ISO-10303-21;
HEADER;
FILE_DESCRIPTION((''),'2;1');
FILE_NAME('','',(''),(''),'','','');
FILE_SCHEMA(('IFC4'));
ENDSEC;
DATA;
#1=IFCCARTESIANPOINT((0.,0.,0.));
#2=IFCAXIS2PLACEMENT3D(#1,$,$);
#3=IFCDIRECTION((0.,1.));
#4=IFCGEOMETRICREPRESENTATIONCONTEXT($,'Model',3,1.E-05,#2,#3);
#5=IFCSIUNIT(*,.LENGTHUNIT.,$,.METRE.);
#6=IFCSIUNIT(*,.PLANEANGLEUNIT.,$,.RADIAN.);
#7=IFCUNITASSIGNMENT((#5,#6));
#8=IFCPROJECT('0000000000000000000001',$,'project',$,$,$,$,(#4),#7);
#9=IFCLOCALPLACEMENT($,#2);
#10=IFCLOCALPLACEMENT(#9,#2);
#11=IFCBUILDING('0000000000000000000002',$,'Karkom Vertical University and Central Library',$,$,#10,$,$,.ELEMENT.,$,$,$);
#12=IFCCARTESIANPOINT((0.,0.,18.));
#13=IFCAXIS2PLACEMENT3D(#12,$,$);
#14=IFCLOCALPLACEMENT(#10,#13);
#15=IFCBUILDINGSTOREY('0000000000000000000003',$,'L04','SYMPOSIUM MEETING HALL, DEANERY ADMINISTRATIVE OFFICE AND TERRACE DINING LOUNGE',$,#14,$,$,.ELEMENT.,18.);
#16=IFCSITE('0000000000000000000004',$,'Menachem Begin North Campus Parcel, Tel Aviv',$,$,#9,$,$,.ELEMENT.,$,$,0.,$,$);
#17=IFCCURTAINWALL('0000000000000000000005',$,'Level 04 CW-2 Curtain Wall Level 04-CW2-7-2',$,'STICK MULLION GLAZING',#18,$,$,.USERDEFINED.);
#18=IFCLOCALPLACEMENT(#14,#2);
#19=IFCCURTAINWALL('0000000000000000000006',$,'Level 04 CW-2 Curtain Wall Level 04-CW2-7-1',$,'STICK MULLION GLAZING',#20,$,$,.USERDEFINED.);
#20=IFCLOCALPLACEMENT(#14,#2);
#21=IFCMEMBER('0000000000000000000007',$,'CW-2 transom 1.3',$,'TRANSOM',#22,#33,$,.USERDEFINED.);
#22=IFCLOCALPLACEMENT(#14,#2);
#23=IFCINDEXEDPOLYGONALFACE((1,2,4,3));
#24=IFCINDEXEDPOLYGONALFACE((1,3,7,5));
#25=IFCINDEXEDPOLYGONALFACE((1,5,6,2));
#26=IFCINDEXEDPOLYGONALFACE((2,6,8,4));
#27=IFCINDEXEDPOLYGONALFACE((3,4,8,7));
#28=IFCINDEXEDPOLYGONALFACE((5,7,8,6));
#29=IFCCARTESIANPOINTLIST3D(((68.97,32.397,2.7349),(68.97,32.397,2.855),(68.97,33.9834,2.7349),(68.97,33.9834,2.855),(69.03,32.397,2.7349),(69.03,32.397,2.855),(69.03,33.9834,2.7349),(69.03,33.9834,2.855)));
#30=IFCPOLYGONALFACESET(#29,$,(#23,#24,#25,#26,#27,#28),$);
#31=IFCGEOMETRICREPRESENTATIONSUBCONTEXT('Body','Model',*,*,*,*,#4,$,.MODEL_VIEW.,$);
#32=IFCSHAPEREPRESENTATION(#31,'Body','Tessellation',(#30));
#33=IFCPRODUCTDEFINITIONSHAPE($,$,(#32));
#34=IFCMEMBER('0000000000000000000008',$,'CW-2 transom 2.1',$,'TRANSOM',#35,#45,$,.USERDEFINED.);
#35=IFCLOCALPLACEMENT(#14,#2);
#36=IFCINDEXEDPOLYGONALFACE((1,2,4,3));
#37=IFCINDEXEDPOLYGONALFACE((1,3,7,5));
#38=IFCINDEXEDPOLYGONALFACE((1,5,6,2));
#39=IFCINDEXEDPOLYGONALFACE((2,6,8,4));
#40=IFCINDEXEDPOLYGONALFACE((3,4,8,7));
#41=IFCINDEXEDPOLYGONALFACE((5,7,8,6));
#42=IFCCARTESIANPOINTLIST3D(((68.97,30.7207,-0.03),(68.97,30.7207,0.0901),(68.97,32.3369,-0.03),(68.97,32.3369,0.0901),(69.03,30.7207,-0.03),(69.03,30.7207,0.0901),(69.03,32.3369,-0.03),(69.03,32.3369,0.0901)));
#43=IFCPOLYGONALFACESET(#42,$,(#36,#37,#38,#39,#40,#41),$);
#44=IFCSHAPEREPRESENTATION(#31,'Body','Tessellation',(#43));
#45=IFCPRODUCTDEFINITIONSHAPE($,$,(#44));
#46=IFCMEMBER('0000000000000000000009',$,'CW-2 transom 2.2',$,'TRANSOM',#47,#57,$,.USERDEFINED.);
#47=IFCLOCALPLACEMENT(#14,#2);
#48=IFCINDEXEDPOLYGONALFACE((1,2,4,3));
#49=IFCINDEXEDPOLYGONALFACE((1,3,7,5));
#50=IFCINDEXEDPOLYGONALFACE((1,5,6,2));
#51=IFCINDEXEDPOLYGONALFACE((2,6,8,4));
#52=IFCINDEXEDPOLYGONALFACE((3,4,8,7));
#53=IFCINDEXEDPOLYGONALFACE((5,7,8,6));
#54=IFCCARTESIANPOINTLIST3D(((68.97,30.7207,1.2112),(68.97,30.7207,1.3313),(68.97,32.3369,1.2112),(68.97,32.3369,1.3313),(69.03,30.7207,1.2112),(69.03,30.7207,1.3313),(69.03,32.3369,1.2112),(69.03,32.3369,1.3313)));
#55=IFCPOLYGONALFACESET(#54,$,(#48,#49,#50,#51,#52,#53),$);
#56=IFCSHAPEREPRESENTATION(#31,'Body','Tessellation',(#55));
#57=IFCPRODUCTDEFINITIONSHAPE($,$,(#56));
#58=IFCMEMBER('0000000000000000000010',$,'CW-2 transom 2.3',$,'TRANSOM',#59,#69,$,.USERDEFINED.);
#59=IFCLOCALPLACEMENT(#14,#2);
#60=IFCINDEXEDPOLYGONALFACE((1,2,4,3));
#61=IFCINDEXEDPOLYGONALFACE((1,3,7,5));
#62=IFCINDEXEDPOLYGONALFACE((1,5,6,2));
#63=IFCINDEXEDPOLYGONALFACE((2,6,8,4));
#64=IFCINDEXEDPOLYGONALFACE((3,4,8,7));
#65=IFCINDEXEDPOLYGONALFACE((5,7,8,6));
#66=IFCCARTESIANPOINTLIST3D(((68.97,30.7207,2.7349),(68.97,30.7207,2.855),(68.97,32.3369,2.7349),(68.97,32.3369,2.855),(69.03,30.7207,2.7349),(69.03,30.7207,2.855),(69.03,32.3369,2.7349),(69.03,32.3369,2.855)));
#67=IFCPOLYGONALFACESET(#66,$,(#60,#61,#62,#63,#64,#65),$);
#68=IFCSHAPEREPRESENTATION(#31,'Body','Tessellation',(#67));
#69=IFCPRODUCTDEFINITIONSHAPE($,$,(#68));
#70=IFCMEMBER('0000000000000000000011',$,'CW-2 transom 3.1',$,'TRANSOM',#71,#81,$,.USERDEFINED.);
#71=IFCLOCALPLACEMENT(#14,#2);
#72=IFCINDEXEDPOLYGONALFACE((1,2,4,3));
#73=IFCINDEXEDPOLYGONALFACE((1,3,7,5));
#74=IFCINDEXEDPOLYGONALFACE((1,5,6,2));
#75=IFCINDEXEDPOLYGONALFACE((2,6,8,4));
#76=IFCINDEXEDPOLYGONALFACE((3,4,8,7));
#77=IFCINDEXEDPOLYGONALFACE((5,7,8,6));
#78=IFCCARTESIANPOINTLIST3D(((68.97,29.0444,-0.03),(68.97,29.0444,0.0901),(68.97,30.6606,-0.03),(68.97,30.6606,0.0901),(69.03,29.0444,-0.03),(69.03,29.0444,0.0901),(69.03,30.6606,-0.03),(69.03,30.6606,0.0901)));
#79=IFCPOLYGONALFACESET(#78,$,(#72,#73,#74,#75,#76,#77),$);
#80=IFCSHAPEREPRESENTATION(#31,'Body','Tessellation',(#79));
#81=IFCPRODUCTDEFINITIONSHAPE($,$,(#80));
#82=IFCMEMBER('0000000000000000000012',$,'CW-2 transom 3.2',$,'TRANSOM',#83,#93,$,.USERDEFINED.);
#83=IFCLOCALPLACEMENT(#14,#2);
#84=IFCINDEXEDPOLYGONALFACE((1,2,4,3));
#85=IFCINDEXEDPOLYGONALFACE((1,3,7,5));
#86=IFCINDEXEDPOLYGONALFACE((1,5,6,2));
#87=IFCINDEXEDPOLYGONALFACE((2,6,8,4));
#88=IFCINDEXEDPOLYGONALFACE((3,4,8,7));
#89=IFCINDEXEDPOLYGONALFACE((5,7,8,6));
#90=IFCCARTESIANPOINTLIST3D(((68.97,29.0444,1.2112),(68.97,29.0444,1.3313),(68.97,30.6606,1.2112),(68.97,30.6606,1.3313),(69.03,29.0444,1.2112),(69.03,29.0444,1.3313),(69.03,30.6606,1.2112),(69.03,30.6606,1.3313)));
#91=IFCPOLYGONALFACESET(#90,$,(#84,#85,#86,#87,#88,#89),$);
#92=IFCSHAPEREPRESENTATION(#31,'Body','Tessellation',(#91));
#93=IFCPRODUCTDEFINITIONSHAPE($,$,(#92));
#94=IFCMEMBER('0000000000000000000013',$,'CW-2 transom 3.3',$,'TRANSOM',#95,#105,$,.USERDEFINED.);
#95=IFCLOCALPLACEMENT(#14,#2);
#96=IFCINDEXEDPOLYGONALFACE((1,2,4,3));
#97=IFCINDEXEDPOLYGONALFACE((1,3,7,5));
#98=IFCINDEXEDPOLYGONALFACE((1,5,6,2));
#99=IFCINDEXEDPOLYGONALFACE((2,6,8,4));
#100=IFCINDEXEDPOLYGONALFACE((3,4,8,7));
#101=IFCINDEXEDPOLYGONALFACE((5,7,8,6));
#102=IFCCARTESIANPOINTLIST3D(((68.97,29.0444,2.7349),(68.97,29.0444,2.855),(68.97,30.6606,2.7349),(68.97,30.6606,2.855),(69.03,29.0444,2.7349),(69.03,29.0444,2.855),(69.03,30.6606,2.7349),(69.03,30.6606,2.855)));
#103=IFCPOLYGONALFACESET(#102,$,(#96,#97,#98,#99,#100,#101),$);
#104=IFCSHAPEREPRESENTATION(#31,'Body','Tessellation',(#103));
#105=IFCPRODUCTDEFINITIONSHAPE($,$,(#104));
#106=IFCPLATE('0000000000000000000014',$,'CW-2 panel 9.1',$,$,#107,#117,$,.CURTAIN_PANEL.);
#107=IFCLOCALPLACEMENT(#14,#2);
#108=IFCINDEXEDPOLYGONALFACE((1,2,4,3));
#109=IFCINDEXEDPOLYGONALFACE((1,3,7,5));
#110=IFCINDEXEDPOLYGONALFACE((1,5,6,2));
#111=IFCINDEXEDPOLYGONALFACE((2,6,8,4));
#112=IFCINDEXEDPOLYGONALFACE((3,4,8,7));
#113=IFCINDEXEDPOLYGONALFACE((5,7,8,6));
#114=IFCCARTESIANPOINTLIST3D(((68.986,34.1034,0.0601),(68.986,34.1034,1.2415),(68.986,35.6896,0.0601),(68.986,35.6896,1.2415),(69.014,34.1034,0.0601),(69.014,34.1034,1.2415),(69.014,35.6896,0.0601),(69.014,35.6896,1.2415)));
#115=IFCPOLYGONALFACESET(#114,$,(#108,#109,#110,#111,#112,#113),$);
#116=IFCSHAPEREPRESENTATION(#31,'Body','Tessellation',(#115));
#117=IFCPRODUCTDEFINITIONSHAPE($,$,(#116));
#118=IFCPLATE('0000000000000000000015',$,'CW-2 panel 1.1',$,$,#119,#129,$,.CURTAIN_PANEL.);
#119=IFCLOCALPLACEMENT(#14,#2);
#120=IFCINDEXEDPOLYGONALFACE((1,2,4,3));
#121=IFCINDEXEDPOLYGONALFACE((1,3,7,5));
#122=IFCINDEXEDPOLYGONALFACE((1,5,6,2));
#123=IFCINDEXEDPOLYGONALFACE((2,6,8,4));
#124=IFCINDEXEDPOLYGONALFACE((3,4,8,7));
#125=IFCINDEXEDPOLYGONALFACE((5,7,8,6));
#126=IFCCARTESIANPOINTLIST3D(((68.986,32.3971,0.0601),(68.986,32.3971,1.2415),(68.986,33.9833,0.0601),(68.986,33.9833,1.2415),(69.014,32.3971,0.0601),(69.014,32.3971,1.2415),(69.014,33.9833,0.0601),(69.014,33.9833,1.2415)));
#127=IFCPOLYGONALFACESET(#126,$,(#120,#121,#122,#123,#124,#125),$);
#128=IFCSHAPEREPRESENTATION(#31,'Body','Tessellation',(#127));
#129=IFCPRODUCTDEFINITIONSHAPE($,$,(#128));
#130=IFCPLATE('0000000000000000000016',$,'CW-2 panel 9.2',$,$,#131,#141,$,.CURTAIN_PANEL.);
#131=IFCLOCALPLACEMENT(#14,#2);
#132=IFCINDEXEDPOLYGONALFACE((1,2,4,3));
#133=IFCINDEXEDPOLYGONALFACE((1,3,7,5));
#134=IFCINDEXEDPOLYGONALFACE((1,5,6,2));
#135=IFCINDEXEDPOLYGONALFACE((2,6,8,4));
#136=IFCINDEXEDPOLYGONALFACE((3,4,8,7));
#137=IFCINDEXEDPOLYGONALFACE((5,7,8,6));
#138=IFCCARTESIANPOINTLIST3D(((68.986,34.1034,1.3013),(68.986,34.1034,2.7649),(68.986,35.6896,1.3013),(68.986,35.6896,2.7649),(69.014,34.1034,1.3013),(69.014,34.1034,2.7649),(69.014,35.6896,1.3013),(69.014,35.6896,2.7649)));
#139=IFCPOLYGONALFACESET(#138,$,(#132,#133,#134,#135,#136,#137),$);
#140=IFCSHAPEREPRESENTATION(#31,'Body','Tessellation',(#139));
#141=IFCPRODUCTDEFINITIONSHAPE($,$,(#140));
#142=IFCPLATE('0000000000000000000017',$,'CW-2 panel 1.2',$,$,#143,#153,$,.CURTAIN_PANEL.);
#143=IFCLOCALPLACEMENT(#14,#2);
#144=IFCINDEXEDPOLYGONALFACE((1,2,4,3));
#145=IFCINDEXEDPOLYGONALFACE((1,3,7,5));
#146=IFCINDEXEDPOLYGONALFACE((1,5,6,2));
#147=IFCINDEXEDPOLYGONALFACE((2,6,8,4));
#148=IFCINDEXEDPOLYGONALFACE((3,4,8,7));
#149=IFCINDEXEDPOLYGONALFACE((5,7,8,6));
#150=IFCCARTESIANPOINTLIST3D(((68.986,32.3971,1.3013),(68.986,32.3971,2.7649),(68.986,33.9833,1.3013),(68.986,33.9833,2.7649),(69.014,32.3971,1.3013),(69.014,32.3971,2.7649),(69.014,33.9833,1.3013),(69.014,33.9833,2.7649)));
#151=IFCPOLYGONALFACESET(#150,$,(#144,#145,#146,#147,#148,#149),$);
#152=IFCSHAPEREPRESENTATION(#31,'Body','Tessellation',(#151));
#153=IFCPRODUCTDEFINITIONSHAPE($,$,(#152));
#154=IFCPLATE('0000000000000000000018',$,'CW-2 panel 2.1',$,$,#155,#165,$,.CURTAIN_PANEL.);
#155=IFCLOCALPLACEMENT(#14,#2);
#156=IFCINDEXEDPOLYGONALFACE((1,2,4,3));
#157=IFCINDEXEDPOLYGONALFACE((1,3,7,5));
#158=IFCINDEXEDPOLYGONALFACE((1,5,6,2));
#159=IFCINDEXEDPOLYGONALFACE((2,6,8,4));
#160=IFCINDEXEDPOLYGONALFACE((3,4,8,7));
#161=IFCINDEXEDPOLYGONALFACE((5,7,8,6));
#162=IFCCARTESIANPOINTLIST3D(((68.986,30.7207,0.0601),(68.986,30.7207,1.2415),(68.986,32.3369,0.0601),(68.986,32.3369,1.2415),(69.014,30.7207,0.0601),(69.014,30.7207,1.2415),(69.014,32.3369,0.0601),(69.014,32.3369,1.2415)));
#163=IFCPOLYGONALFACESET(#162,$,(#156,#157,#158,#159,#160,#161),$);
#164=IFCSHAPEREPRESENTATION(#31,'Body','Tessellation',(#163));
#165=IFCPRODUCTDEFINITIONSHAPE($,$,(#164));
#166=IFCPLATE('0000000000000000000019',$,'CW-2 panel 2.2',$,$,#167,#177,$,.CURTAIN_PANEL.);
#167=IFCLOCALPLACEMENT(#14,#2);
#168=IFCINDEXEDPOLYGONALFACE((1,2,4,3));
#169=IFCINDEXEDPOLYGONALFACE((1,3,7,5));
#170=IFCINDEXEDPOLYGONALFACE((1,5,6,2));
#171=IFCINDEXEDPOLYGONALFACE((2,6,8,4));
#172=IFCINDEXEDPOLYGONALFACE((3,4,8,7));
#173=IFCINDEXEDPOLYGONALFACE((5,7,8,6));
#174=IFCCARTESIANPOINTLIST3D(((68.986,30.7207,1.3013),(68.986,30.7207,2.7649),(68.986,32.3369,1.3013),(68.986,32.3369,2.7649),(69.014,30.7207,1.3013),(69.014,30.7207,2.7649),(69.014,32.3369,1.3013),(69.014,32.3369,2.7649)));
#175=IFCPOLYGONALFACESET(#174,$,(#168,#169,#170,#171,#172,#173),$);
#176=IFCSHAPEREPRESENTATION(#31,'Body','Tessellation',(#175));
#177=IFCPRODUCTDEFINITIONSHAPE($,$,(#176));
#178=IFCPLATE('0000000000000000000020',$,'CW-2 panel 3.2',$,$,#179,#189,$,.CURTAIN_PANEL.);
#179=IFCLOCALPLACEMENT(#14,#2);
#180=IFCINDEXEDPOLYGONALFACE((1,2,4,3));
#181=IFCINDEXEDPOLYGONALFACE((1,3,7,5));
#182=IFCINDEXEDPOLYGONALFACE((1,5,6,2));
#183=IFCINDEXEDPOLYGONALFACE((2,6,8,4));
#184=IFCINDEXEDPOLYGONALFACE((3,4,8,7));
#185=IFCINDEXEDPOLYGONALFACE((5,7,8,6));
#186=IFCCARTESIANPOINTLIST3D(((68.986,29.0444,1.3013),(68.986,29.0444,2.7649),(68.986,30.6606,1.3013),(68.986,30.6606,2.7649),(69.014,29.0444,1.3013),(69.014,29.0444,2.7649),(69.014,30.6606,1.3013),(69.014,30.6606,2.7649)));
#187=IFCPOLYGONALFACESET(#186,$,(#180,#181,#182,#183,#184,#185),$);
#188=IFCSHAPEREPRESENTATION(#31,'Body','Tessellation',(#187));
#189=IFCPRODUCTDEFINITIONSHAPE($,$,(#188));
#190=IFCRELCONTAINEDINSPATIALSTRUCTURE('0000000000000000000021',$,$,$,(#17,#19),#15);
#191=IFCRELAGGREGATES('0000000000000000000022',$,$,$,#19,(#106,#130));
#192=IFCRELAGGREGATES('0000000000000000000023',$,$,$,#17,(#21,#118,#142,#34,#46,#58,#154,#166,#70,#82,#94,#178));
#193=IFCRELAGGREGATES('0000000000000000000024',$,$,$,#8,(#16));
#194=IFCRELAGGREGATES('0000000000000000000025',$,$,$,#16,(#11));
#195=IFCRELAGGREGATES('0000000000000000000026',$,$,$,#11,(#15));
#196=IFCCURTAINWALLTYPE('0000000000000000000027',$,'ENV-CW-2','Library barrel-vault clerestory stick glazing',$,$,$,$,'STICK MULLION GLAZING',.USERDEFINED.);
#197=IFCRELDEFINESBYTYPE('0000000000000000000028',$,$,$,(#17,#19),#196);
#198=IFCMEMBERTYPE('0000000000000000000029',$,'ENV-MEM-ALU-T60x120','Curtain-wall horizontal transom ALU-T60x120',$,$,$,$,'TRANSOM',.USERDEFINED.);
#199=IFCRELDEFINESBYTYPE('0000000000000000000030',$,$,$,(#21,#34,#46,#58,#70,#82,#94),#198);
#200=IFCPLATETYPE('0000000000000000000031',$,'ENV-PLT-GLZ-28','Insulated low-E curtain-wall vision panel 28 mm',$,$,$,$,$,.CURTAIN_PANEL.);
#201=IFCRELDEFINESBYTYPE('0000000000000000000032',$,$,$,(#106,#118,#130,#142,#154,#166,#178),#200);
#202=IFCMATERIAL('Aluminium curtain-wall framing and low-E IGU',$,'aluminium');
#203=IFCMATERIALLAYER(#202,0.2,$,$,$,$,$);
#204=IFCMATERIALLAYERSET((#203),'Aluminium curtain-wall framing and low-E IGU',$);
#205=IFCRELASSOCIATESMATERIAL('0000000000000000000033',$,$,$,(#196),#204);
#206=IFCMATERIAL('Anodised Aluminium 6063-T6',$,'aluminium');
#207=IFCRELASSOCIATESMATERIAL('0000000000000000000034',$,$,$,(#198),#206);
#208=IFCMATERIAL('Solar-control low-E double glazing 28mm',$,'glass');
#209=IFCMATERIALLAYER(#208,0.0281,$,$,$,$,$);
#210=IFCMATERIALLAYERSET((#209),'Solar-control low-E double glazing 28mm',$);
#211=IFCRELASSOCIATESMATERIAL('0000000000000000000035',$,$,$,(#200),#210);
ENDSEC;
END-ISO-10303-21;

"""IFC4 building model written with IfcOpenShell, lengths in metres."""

from ifc_helpers import new_model, si_unit, direction, frame, origin, origin_with_axes, origin_2d, place, context, subcontext, project, spatial, rectangle, extrude, source, transform, mapped, material, layer, layer_set, material_profile, profile_set, type_object, element, aggregate, save


model = new_model("IFC4")

# Units and contexts
model_context = context("Model", 3, precision=1e-05, world=origin(), true_north=direction((0.0, 1.0)))
body_context = subcontext(model_context, "Body", "Model", "MODEL_VIEW")
ifc_project = project(units=[si_unit("LENGTHUNIT", "METRE"), si_unit("PLANEANGLEUNIT", "RADIAN")], contexts=[model_context])

# Site, building, storey
site_placement = place(None, origin())
site = spatial("IfcSite", under=ifc_project, at=site_placement, Name="Menachem Begin North Campus Parcel, Tel Aviv", CompositionType="ELEMENT", RefElevation=0.0)
building_placement = place(site_placement, origin())
building = spatial("IfcBuilding", under=site, at=building_placement, Name="Karkom Vertical University and Central Library", CompositionType="ELEMENT")
storey_placement = place(building_placement, frame((0.0, 0.0, 18.0)))
storey = spatial("IfcBuildingStorey", under=building, at=storey_placement, Name="L04", Description="SYMPOSIUM MEETING HALL, DEANERY ADMINISTRATIVE OFFICE AND TERRACE DINING LOUNGE", CompositionType="ELEMENT", Elevation=18.0)

# Curtain walls
ifc_material_1 = material(Name="Aluminium curtain-wall framing and low-E IGU", Category="aluminium")
ifc_layer_1 = layer(ifc_material_1, 0.2)
ifc_layer_set_1 = layer_set([ifc_layer_1], Name="Aluminium curtain-wall framing and low-E IGU")
curtain_wall_type = type_object("IfcCurtainWallType", Name="ENV-CW-2", Description="Library barrel-vault clerestory stick glazing", ElementType="STICK MULLION GLAZING", PredefinedType="USERDEFINED", material=ifc_layer_set_1)
curtain_wall_1_placement = place(storey_placement, origin())
curtain_wall_1 = element("IfcCurtainWall", 1, at=curtain_wall_1_placement, inside=storey, type_object=curtain_wall_type, Name="Level 04 CW-2 Curtain Wall Level 04-CW2-7-2", ObjectType="STICK MULLION GLAZING", PredefinedType="USERDEFINED")
ifc_material_2 = material(Name="Anodised Aluminium 6063-T6", Category="aluminium")
curtain_wall_2_placement = place(storey_placement, origin())
curtain_wall_2 = element("IfcCurtainWall", 2, at=curtain_wall_2_placement, inside=storey, type_object=curtain_wall_type, Name="Level 04 CW-2 Curtain Wall Level 04-CW2-7-1", ObjectType="STICK MULLION GLAZING", PredefinedType="USERDEFINED")
ifc_material_profile_1 = material_profile(ifc_material_2, rectangle(XDim=0.0601, YDim=0.1201, at=origin_2d()), Name="ALU-T60x120")
ifc_profile_set_1 = profile_set([ifc_material_profile_1], Name="Anodised Aluminium 6063-T6")
member_type_1 = type_object("IfcMemberType", Name="ENV-MEM-ALU-T60x120", Description="Curtain-wall horizontal transom ALU-T60x120", ElementType="TRANSOM", PredefinedType="USERDEFINED", material=ifc_profile_set_1)
shared_shape_1 = source(origin_with_axes(), body_context, "Body", "SweptSolid", [
    extrude(rectangle(XDim=0.0601, YDim=0.1201, at=origin_2d()), origin(), (0.0, 0.0, 1.0), 1.5864),
])

# Members
member_1_placement = place(storey_placement, frame((69.0, 33.9834, 2.7949), z_axis=(0.0, -1.0, 0.0), x_axis=(1.0, 0.0, 0.0)))
member_1 = element("IfcMember", 3, at=member_1_placement, type_object=member_type_1, Name="CW-2 transom 1.3", ObjectType="TRANSOM", PredefinedType="USERDEFINED", context=body_context, shape_type="MappedRepresentation", body=[
    mapped(shared_shape_1, transform((0.0, 0.0, 0.0), scale=1.0)),
])
shared_shape_2 = source(origin_with_axes(), body_context, "Body", "SweptSolid", [
    extrude(rectangle(XDim=0.0601, YDim=0.1201, at=origin_2d()), origin(), (0.0, 0.0, 1.0), 1.6162),
])
member_2_placement = place(storey_placement, frame((69.0, 32.3369, 0.03), z_axis=(0.0, -1.0, 0.0), x_axis=(1.0, 0.0, 0.0)))
member_2 = element("IfcMember", 4, at=member_2_placement, type_object=member_type_1, Name="CW-2 transom 2.1", ObjectType="TRANSOM", PredefinedType="USERDEFINED", context=body_context, shape_type="MappedRepresentation", body=[
    mapped(shared_shape_2, transform((0.0, 0.0, 0.0), scale=1.0)),
])
member_3_placement = place(storey_placement, frame((69.0, 32.3369, 1.2712), z_axis=(0.0, -1.0, 0.0), x_axis=(1.0, 0.0, 0.0)))
member_3 = element("IfcMember", 5, at=member_3_placement, type_object=member_type_1, Name="CW-2 transom 2.2", ObjectType="TRANSOM", PredefinedType="USERDEFINED", context=body_context, shape_type="MappedRepresentation", body=[
    mapped(shared_shape_2, transform((0.0, 0.0, 0.0), scale=1.0)),
])
member_4_placement = place(storey_placement, frame((69.0, 32.3369, 2.7949), z_axis=(0.0, -1.0, 0.0), x_axis=(1.0, 0.0, 0.0)))
member_4 = element("IfcMember", 6, at=member_4_placement, type_object=member_type_1, Name="CW-2 transom 2.3", ObjectType="TRANSOM", PredefinedType="USERDEFINED", context=body_context, shape_type="MappedRepresentation", body=[
    mapped(shared_shape_2, transform((0.0, 0.0, 0.0), scale=1.0)),
])
member_5_placement = place(storey_placement, frame((69.0, 30.6606, 0.03), z_axis=(0.0, -1.0, 0.0), x_axis=(1.0, 0.0, 0.0)))
member_5 = element("IfcMember", 7, at=member_5_placement, type_object=member_type_1, Name="CW-2 transom 3.1", ObjectType="TRANSOM", PredefinedType="USERDEFINED", context=body_context, shape_type="MappedRepresentation", body=[
    mapped(shared_shape_2, transform((0.0, 0.0, 0.0), scale=1.0)),
])
member_6_placement = place(storey_placement, frame((69.0, 30.6606, 1.2712), z_axis=(0.0, -1.0, 0.0), x_axis=(1.0, 0.0, 0.0)))
member_6 = element("IfcMember", 8, at=member_6_placement, type_object=member_type_1, Name="CW-2 transom 3.2", ObjectType="TRANSOM", PredefinedType="USERDEFINED", context=body_context, shape_type="MappedRepresentation", body=[
    mapped(shared_shape_2, transform((0.0, 0.0, 0.0), scale=1.0)),
])
member_7_placement = place(storey_placement, frame((69.0, 30.6606, 2.7949), z_axis=(0.0, -1.0, 0.0), x_axis=(1.0, 0.0, 0.0)))
member_7 = element("IfcMember", 9, at=member_7_placement, type_object=member_type_1, Name="CW-2 transom 3.3", ObjectType="TRANSOM", PredefinedType="USERDEFINED", context=body_context, shape_type="MappedRepresentation", body=[
    mapped(shared_shape_2, transform((0.0, 0.0, 0.0), scale=1.0)),
])

# Plates
ifc_material_3 = material(Name="Solar-control low-E double glazing 28mm", Category="glass")
ifc_layer_2 = layer(ifc_material_3, 0.0281)
ifc_layer_set_2 = layer_set([ifc_layer_2], Name="Solar-control low-E double glazing 28mm")
plate_type = type_object("IfcPlateType", Name="ENV-PLT-GLZ-28", Description="Insulated low-E curtain-wall vision panel 28 mm", PredefinedType="CURTAIN_PANEL", material=ifc_layer_set_2)
shared_shape_3 = source(origin_with_axes(), body_context, "Body", "SweptSolid", [
    extrude(rectangle(XDim=1.5862, YDim=0.0281, at=origin_2d()), origin(), (0.0, 0.0, 1.0), 1.1814),
])
plate_1_placement = place(storey_placement, frame((69.0, 34.8965, 0.0601), z_axis=(0.0, 0.0, 1.0), x_axis=(0.0, -1.0, 0.0)))
plate_1 = element("IfcPlate", 10, at=plate_1_placement, type_object=plate_type, Name="CW-2 panel 9.1", PredefinedType="CURTAIN_PANEL", context=body_context, shape_type="MappedRepresentation", body=[
    mapped(shared_shape_3, transform((0.0, 0.0, 0.0), scale=1.0)),
])
plate_2_placement = place(storey_placement, frame((69.0, 33.1902, 0.0601), z_axis=(0.0, 0.0, 1.0), x_axis=(0.0, -1.0, 0.0)))
plate_2 = element("IfcPlate", 11, at=plate_2_placement, type_object=plate_type, Name="CW-2 panel 1.1", PredefinedType="CURTAIN_PANEL", context=body_context, shape_type="MappedRepresentation", body=[
    mapped(shared_shape_3, transform((0.0, 0.0, 0.0), scale=1.0)),
])
shared_shape_4 = source(origin_with_axes(), body_context, "Body", "SweptSolid", [
    extrude(rectangle(XDim=1.5862, YDim=0.0281, at=origin_2d()), origin(), (0.0, 0.0, 1.0), 1.4636),
])
plate_3_placement = place(storey_placement, frame((69.0, 34.8965, 1.3013), z_axis=(0.0, 0.0, 1.0), x_axis=(0.0, -1.0, 0.0)))
plate_3 = element("IfcPlate", 12, at=plate_3_placement, type_object=plate_type, Name="CW-2 panel 9.2", PredefinedType="CURTAIN_PANEL", context=body_context, shape_type="MappedRepresentation", body=[
    mapped(shared_shape_4, transform((0.0, 0.0, 0.0), scale=1.0)),
])
aggregate(curtain_wall_2, [plate_1, plate_3])
plate_4_placement = place(storey_placement, frame((69.0, 33.1902, 1.3013), z_axis=(0.0, 0.0, 1.0), x_axis=(0.0, -1.0, 0.0)))
plate_4 = element("IfcPlate", 13, at=plate_4_placement, type_object=plate_type, Name="CW-2 panel 1.2", PredefinedType="CURTAIN_PANEL", context=body_context, shape_type="MappedRepresentation", body=[
    mapped(shared_shape_4, transform((0.0, 0.0, 0.0), scale=1.0)),
])
shared_shape_5 = source(origin_with_axes(), body_context, "Body", "SweptSolid", [
    extrude(rectangle(XDim=1.6162, YDim=0.0281, at=origin_2d()), origin(), (0.0, 0.0, 1.0), 1.1814),
])
plate_5_placement = place(storey_placement, frame((69.0, 31.5288, 0.0601), z_axis=(0.0, 0.0, 1.0), x_axis=(0.0, -1.0, 0.0)))
plate_5 = element("IfcPlate", 14, at=plate_5_placement, type_object=plate_type, Name="CW-2 panel 2.1", PredefinedType="CURTAIN_PANEL", context=body_context, shape_type="MappedRepresentation", body=[
    mapped(shared_shape_5, transform((0.0, 0.0, 0.0), scale=1.0)),
])
shared_shape_6 = source(origin_with_axes(), body_context, "Body", "SweptSolid", [
    extrude(rectangle(XDim=1.6162, YDim=0.0281, at=origin_2d()), origin(), (0.0, 0.0, 1.0), 1.4636),
])
plate_6_placement = place(storey_placement, frame((69.0, 31.5288, 1.3013), z_axis=(0.0, 0.0, 1.0), x_axis=(0.0, -1.0, 0.0)))
plate_6 = element("IfcPlate", 15, at=plate_6_placement, type_object=plate_type, Name="CW-2 panel 2.2", PredefinedType="CURTAIN_PANEL", context=body_context, shape_type="MappedRepresentation", body=[
    mapped(shared_shape_6, transform((0.0, 0.0, 0.0), scale=1.0)),
])
plate_7_placement = place(storey_placement, frame((69.0, 29.8525, 1.3013), z_axis=(0.0, 0.0, 1.0), x_axis=(0.0, -1.0, 0.0)))
plate_7 = element("IfcPlate", 16, at=plate_7_placement, type_object=plate_type, Name="CW-2 panel 3.2", PredefinedType="CURTAIN_PANEL", context=body_context, shape_type="MappedRepresentation", body=[
    mapped(shared_shape_6, transform((0.0, 0.0, 0.0), scale=1.0)),
])
aggregate(curtain_wall_1, [member_1, plate_2, plate_4, member_2, member_3, member_4, plate_5, plate_6, member_5, member_6, member_7, plate_7])

save(model, "model.ifc")
